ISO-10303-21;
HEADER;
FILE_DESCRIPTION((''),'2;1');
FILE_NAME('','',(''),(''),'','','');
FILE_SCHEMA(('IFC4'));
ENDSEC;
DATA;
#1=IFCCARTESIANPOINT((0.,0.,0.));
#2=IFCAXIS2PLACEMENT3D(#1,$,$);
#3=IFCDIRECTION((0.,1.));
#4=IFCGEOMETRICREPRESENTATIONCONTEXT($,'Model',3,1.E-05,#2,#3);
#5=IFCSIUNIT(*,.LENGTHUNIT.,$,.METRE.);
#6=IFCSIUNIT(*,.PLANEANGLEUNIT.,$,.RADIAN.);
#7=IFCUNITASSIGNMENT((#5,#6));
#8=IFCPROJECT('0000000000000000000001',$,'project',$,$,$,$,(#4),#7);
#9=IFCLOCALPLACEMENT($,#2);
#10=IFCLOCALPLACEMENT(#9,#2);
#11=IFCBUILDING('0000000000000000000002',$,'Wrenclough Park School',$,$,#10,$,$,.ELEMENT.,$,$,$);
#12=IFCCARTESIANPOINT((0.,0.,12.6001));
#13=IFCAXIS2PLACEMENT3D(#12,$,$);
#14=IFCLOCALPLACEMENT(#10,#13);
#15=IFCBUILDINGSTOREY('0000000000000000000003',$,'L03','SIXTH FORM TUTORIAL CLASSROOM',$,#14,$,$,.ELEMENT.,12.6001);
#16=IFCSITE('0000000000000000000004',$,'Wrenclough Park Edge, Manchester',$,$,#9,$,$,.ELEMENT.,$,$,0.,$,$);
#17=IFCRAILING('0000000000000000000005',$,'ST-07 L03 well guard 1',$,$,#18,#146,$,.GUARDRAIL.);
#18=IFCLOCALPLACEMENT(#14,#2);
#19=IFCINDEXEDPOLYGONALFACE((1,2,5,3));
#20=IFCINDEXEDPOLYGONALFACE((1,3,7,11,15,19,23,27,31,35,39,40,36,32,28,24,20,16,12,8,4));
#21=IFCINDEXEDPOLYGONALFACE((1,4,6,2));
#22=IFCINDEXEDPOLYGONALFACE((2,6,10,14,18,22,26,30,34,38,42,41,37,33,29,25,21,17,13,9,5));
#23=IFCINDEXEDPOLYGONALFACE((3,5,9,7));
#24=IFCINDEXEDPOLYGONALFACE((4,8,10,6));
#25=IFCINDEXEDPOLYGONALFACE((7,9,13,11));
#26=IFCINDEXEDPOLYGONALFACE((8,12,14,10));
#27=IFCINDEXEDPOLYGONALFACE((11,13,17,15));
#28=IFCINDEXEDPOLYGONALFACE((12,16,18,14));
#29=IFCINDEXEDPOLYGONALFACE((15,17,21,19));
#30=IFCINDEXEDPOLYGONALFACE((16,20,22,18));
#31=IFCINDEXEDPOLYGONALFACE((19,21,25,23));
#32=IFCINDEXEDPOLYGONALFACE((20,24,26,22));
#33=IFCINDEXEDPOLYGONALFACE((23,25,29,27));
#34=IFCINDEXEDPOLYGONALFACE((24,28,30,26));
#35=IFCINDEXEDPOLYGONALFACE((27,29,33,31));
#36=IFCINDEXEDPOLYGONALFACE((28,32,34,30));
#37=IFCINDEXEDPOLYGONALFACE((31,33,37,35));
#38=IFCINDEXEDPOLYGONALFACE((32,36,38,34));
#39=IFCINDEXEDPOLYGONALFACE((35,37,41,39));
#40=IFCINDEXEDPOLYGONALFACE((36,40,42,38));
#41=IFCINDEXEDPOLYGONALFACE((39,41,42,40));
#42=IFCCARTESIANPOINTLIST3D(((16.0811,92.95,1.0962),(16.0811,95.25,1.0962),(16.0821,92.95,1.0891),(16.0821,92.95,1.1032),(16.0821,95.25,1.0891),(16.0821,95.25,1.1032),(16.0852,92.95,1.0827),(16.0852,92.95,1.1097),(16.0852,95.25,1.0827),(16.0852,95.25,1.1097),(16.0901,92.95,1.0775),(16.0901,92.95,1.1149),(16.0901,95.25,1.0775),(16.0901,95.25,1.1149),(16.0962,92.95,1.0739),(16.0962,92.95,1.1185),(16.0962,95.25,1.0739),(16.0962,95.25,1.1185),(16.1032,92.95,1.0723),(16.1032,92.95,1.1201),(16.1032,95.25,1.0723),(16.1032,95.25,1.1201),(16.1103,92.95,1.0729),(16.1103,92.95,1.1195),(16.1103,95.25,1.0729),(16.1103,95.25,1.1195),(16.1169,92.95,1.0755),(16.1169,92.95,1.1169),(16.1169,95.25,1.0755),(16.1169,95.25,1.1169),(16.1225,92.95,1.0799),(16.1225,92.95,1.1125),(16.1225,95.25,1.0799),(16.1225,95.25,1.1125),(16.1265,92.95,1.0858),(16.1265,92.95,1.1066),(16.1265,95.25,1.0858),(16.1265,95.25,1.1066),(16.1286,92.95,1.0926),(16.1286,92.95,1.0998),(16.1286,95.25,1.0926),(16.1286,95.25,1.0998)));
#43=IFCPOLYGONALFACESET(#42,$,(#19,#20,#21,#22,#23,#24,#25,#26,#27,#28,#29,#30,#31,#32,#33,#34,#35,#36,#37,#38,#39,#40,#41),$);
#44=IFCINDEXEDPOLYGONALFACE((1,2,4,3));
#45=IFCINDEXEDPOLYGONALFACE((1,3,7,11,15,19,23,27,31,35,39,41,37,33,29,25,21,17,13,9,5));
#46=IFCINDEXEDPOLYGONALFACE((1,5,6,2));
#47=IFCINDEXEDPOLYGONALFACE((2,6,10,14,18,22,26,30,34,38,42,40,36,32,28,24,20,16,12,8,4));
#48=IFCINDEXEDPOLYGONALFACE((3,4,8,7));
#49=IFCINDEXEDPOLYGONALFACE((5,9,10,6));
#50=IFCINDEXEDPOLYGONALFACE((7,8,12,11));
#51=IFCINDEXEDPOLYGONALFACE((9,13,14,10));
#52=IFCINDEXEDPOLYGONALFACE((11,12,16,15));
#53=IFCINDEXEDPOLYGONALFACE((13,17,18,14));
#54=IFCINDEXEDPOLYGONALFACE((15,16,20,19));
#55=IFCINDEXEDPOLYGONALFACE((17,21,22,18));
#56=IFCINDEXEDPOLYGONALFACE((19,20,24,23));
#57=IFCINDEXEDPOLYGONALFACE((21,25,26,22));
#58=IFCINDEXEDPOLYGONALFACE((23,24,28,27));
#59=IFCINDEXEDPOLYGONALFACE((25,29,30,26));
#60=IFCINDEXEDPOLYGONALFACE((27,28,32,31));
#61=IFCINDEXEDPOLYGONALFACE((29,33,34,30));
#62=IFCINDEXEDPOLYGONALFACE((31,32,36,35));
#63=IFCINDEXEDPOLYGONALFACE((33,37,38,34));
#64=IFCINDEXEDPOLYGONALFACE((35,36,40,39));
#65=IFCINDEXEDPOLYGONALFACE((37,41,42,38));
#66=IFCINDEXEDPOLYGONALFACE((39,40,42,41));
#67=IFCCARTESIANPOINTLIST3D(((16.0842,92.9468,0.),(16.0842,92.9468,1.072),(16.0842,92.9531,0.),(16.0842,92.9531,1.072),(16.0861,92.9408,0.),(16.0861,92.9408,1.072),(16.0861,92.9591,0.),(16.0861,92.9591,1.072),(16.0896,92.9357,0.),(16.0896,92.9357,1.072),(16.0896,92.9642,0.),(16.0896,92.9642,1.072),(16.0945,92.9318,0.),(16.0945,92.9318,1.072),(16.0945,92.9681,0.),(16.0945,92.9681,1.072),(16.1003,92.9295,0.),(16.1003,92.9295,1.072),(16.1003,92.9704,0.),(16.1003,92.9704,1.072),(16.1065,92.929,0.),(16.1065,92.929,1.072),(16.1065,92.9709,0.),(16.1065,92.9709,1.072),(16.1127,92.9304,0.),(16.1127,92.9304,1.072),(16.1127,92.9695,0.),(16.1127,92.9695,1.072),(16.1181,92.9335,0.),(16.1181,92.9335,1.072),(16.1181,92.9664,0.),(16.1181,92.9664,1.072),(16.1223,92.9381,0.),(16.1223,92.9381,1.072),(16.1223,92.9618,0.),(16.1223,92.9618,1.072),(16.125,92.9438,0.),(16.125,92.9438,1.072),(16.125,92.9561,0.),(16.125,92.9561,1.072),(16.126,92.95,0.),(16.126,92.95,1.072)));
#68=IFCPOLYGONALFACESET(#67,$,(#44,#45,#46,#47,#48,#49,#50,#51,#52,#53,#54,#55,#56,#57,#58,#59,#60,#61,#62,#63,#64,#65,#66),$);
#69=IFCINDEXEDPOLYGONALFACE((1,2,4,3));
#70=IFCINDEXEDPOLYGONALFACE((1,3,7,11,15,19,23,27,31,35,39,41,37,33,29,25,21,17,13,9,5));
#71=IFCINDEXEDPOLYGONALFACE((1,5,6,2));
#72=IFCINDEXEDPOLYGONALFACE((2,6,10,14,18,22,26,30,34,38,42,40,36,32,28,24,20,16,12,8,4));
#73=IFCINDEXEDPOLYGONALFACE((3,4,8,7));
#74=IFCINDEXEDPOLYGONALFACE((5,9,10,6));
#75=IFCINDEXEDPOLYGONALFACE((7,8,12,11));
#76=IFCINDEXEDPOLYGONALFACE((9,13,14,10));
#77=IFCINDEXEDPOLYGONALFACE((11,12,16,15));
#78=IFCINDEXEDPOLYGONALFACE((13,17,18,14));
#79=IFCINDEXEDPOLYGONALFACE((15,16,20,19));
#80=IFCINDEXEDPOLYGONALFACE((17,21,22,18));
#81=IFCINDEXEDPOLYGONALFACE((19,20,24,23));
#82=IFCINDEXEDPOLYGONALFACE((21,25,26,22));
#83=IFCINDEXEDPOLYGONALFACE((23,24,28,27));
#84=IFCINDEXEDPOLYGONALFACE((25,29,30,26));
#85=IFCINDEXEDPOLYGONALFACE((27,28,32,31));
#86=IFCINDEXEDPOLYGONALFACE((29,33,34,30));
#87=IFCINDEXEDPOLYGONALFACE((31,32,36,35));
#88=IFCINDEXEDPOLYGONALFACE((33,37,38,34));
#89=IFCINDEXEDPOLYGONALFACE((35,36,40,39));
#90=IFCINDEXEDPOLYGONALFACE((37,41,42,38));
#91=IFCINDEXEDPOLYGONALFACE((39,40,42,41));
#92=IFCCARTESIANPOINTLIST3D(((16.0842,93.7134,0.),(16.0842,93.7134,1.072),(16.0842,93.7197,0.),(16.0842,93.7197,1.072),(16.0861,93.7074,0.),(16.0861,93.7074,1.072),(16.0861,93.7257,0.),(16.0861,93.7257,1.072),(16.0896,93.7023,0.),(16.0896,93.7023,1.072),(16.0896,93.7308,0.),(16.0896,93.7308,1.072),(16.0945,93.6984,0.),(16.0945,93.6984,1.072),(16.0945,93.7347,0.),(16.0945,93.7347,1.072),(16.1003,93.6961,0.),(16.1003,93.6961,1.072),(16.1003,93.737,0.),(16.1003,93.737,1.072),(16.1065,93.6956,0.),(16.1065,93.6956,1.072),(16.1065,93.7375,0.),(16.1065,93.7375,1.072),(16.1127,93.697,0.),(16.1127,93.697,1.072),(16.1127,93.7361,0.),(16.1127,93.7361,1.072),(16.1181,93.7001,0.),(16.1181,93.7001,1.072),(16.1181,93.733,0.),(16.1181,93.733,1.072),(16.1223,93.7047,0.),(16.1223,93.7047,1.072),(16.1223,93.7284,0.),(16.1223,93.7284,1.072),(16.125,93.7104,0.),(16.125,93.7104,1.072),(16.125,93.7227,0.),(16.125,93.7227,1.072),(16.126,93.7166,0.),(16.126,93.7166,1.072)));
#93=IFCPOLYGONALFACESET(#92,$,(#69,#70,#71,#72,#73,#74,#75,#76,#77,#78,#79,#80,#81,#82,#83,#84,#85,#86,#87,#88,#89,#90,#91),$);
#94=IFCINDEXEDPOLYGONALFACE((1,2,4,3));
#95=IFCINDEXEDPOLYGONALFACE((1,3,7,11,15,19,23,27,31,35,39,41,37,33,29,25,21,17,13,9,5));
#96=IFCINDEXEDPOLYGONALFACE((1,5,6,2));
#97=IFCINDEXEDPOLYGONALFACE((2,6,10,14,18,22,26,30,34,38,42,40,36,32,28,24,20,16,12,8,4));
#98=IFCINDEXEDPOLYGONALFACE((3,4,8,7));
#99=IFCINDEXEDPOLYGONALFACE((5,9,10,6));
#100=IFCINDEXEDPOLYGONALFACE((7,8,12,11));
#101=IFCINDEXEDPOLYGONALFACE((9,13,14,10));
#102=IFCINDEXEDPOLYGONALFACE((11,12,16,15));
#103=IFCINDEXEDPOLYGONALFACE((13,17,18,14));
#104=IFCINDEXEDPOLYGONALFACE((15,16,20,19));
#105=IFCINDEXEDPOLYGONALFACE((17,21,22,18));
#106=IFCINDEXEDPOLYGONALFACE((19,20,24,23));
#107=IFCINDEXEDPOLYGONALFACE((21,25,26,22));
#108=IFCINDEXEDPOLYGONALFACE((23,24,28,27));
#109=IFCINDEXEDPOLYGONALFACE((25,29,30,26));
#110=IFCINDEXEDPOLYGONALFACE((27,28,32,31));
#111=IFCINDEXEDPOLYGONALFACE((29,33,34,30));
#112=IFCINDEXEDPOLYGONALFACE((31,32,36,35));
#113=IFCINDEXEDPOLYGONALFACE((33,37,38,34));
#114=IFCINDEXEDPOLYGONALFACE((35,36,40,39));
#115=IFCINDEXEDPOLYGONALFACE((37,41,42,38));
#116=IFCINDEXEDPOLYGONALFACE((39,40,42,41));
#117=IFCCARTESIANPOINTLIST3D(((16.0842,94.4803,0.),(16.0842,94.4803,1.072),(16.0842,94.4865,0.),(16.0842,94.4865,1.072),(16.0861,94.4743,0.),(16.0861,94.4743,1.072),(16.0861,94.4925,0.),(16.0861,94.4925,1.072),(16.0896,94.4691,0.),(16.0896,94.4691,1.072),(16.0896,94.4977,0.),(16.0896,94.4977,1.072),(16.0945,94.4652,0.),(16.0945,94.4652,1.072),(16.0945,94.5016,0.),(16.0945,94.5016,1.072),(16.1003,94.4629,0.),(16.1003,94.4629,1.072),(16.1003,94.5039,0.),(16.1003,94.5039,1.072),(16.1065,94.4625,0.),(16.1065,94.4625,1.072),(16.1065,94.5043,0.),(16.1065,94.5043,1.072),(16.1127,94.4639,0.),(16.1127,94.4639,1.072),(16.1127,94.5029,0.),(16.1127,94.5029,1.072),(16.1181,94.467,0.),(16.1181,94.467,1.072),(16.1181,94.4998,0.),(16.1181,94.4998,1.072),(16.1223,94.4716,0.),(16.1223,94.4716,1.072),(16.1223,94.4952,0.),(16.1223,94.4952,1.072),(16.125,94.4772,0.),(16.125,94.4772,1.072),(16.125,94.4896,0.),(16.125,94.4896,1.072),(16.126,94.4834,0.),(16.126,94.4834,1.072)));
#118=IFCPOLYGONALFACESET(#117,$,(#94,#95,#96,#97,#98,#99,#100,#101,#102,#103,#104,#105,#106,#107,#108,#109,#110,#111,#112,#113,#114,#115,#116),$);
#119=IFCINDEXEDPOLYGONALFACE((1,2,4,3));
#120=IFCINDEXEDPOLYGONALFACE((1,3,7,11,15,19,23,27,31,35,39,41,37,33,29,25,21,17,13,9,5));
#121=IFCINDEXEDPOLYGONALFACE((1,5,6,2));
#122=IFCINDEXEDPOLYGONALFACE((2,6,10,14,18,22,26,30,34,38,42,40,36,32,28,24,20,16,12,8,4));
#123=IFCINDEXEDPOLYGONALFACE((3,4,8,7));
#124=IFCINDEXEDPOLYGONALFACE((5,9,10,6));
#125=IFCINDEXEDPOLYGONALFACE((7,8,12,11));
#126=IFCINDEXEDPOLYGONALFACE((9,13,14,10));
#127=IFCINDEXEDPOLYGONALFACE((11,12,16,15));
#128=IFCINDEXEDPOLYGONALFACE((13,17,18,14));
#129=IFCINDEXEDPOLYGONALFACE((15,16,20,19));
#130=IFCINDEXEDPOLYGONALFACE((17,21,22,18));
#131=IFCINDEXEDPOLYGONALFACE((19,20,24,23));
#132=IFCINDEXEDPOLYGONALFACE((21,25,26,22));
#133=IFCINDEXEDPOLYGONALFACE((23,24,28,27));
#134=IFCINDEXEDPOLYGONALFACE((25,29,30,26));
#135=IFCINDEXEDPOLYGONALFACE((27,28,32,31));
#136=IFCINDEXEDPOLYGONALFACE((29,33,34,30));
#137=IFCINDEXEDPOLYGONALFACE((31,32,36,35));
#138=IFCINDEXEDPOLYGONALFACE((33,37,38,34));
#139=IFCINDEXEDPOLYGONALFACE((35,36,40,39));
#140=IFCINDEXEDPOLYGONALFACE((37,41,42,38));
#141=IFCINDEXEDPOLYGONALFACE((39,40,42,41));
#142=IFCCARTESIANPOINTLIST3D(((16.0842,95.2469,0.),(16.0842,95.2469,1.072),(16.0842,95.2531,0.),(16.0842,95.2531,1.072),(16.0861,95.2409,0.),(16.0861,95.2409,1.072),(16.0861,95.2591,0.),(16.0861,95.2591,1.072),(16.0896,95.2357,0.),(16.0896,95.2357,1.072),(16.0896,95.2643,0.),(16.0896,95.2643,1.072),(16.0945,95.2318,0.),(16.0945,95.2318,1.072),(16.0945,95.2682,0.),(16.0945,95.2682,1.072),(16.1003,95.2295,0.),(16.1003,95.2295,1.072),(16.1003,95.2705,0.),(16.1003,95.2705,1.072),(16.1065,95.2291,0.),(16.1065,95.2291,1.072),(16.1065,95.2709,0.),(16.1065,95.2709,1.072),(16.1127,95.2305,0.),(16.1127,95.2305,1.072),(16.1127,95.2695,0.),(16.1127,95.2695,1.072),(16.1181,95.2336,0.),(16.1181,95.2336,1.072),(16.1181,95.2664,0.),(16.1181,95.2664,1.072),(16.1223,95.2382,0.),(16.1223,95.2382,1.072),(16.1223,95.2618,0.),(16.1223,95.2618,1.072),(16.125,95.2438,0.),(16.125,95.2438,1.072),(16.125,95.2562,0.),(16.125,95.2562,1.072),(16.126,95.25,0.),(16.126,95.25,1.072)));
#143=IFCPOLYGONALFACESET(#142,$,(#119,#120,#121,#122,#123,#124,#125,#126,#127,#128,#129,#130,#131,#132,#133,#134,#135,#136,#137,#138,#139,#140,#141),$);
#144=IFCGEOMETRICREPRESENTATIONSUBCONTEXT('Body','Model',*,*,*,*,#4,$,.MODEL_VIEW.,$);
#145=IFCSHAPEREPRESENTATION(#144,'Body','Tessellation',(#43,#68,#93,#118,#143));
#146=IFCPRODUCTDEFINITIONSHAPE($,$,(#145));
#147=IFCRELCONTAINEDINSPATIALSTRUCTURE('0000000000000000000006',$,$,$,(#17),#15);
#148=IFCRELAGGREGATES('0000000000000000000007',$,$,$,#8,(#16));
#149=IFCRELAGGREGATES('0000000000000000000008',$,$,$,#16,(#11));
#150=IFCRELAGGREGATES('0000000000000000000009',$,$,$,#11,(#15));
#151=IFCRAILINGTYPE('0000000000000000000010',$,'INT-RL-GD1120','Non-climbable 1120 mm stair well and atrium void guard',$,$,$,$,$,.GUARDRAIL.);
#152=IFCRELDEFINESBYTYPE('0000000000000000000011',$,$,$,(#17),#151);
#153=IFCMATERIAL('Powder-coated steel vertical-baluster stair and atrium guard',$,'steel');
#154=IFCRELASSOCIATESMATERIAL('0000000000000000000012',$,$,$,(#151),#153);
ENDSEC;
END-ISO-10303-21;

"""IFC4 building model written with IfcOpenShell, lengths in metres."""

from ifc_helpers import new_model, si_unit, direction, frame, origin, origin_2d, place, context, subcontext, project, spatial, circle, extrude, material, type_object, element, save


model = new_model("IFC4")

# Units and contexts
model_context = context("Model", 3, precision=1e-05, world=origin(), true_north=direction((0.0, 1.0)))
body_context = subcontext(model_context, "Body", "Model", "MODEL_VIEW")
ifc_project = project(units=[si_unit("LENGTHUNIT", "METRE"), si_unit("PLANEANGLEUNIT", "RADIAN")], contexts=[model_context])

# Site, building, storey
site_placement = place(None, origin())
site = spatial("IfcSite", under=ifc_project, at=site_placement, Name="Wrenclough Park Edge, Manchester", CompositionType="ELEMENT", RefElevation=0.0)
building_placement = place(site_placement, origin())
building = spatial("IfcBuilding", under=site, at=building_placement, Name="Wrenclough Park School", CompositionType="ELEMENT")
storey_placement = place(building_placement, frame((0.0, 0.0, 12.6001)))
storey = spatial("IfcBuildingStorey", under=building, at=storey_placement, Name="L03", Description="SIXTH FORM TUTORIAL CLASSROOM", CompositionType="ELEMENT", Elevation=12.6001)

# Railing
ifc_material_1 = material(Name="Powder-coated steel vertical-baluster stair and atrium guard", Category="steel")
railing_type_1 = type_object("IfcRailingType", Name="INT-RL-GD1120", Description="Non-climbable 1120 mm stair well and atrium void guard", PredefinedType="GUARDRAIL", material=ifc_material_1)
railing_1_placement = place(storey_placement, frame((16.105, 92.95, 0.0)))
element("IfcRailing", 1, at=railing_1_placement, inside=storey, type_object=railing_type_1, Name="ST-07 L03 well guard 1", PredefinedType="GUARDRAIL", context=body_context, shape_type="SweptSolid", body=[
    extrude(circle(Radius=0.0239, at=origin_2d()), frame((0.0, 0.0, 1.0962), z_axis=(0.0, 1.0, 0.0), x_axis=(-1.0, 0.0, 0.0)), (0.0, 0.0, 1.0), 2.3),
    extrude(circle(Radius=0.021, at=origin_2d()), origin(), (0.0, 0.0, 1.0), 1.072),
    extrude(circle(Radius=0.021, at=origin_2d()), frame((0.0, 0.7666, 0.0)), (0.0, 0.0, 1.0), 1.072),
    extrude(circle(Radius=0.021, at=origin_2d()), frame((0.0, 1.5334, 0.0)), (0.0, 0.0, 1.0), 1.072),
    extrude(circle(Radius=0.021, at=origin_2d()), frame((0.0, 2.3, 0.0)), (0.0, 0.0, 1.0), 1.072),
])

save(model, "model.ifc")
